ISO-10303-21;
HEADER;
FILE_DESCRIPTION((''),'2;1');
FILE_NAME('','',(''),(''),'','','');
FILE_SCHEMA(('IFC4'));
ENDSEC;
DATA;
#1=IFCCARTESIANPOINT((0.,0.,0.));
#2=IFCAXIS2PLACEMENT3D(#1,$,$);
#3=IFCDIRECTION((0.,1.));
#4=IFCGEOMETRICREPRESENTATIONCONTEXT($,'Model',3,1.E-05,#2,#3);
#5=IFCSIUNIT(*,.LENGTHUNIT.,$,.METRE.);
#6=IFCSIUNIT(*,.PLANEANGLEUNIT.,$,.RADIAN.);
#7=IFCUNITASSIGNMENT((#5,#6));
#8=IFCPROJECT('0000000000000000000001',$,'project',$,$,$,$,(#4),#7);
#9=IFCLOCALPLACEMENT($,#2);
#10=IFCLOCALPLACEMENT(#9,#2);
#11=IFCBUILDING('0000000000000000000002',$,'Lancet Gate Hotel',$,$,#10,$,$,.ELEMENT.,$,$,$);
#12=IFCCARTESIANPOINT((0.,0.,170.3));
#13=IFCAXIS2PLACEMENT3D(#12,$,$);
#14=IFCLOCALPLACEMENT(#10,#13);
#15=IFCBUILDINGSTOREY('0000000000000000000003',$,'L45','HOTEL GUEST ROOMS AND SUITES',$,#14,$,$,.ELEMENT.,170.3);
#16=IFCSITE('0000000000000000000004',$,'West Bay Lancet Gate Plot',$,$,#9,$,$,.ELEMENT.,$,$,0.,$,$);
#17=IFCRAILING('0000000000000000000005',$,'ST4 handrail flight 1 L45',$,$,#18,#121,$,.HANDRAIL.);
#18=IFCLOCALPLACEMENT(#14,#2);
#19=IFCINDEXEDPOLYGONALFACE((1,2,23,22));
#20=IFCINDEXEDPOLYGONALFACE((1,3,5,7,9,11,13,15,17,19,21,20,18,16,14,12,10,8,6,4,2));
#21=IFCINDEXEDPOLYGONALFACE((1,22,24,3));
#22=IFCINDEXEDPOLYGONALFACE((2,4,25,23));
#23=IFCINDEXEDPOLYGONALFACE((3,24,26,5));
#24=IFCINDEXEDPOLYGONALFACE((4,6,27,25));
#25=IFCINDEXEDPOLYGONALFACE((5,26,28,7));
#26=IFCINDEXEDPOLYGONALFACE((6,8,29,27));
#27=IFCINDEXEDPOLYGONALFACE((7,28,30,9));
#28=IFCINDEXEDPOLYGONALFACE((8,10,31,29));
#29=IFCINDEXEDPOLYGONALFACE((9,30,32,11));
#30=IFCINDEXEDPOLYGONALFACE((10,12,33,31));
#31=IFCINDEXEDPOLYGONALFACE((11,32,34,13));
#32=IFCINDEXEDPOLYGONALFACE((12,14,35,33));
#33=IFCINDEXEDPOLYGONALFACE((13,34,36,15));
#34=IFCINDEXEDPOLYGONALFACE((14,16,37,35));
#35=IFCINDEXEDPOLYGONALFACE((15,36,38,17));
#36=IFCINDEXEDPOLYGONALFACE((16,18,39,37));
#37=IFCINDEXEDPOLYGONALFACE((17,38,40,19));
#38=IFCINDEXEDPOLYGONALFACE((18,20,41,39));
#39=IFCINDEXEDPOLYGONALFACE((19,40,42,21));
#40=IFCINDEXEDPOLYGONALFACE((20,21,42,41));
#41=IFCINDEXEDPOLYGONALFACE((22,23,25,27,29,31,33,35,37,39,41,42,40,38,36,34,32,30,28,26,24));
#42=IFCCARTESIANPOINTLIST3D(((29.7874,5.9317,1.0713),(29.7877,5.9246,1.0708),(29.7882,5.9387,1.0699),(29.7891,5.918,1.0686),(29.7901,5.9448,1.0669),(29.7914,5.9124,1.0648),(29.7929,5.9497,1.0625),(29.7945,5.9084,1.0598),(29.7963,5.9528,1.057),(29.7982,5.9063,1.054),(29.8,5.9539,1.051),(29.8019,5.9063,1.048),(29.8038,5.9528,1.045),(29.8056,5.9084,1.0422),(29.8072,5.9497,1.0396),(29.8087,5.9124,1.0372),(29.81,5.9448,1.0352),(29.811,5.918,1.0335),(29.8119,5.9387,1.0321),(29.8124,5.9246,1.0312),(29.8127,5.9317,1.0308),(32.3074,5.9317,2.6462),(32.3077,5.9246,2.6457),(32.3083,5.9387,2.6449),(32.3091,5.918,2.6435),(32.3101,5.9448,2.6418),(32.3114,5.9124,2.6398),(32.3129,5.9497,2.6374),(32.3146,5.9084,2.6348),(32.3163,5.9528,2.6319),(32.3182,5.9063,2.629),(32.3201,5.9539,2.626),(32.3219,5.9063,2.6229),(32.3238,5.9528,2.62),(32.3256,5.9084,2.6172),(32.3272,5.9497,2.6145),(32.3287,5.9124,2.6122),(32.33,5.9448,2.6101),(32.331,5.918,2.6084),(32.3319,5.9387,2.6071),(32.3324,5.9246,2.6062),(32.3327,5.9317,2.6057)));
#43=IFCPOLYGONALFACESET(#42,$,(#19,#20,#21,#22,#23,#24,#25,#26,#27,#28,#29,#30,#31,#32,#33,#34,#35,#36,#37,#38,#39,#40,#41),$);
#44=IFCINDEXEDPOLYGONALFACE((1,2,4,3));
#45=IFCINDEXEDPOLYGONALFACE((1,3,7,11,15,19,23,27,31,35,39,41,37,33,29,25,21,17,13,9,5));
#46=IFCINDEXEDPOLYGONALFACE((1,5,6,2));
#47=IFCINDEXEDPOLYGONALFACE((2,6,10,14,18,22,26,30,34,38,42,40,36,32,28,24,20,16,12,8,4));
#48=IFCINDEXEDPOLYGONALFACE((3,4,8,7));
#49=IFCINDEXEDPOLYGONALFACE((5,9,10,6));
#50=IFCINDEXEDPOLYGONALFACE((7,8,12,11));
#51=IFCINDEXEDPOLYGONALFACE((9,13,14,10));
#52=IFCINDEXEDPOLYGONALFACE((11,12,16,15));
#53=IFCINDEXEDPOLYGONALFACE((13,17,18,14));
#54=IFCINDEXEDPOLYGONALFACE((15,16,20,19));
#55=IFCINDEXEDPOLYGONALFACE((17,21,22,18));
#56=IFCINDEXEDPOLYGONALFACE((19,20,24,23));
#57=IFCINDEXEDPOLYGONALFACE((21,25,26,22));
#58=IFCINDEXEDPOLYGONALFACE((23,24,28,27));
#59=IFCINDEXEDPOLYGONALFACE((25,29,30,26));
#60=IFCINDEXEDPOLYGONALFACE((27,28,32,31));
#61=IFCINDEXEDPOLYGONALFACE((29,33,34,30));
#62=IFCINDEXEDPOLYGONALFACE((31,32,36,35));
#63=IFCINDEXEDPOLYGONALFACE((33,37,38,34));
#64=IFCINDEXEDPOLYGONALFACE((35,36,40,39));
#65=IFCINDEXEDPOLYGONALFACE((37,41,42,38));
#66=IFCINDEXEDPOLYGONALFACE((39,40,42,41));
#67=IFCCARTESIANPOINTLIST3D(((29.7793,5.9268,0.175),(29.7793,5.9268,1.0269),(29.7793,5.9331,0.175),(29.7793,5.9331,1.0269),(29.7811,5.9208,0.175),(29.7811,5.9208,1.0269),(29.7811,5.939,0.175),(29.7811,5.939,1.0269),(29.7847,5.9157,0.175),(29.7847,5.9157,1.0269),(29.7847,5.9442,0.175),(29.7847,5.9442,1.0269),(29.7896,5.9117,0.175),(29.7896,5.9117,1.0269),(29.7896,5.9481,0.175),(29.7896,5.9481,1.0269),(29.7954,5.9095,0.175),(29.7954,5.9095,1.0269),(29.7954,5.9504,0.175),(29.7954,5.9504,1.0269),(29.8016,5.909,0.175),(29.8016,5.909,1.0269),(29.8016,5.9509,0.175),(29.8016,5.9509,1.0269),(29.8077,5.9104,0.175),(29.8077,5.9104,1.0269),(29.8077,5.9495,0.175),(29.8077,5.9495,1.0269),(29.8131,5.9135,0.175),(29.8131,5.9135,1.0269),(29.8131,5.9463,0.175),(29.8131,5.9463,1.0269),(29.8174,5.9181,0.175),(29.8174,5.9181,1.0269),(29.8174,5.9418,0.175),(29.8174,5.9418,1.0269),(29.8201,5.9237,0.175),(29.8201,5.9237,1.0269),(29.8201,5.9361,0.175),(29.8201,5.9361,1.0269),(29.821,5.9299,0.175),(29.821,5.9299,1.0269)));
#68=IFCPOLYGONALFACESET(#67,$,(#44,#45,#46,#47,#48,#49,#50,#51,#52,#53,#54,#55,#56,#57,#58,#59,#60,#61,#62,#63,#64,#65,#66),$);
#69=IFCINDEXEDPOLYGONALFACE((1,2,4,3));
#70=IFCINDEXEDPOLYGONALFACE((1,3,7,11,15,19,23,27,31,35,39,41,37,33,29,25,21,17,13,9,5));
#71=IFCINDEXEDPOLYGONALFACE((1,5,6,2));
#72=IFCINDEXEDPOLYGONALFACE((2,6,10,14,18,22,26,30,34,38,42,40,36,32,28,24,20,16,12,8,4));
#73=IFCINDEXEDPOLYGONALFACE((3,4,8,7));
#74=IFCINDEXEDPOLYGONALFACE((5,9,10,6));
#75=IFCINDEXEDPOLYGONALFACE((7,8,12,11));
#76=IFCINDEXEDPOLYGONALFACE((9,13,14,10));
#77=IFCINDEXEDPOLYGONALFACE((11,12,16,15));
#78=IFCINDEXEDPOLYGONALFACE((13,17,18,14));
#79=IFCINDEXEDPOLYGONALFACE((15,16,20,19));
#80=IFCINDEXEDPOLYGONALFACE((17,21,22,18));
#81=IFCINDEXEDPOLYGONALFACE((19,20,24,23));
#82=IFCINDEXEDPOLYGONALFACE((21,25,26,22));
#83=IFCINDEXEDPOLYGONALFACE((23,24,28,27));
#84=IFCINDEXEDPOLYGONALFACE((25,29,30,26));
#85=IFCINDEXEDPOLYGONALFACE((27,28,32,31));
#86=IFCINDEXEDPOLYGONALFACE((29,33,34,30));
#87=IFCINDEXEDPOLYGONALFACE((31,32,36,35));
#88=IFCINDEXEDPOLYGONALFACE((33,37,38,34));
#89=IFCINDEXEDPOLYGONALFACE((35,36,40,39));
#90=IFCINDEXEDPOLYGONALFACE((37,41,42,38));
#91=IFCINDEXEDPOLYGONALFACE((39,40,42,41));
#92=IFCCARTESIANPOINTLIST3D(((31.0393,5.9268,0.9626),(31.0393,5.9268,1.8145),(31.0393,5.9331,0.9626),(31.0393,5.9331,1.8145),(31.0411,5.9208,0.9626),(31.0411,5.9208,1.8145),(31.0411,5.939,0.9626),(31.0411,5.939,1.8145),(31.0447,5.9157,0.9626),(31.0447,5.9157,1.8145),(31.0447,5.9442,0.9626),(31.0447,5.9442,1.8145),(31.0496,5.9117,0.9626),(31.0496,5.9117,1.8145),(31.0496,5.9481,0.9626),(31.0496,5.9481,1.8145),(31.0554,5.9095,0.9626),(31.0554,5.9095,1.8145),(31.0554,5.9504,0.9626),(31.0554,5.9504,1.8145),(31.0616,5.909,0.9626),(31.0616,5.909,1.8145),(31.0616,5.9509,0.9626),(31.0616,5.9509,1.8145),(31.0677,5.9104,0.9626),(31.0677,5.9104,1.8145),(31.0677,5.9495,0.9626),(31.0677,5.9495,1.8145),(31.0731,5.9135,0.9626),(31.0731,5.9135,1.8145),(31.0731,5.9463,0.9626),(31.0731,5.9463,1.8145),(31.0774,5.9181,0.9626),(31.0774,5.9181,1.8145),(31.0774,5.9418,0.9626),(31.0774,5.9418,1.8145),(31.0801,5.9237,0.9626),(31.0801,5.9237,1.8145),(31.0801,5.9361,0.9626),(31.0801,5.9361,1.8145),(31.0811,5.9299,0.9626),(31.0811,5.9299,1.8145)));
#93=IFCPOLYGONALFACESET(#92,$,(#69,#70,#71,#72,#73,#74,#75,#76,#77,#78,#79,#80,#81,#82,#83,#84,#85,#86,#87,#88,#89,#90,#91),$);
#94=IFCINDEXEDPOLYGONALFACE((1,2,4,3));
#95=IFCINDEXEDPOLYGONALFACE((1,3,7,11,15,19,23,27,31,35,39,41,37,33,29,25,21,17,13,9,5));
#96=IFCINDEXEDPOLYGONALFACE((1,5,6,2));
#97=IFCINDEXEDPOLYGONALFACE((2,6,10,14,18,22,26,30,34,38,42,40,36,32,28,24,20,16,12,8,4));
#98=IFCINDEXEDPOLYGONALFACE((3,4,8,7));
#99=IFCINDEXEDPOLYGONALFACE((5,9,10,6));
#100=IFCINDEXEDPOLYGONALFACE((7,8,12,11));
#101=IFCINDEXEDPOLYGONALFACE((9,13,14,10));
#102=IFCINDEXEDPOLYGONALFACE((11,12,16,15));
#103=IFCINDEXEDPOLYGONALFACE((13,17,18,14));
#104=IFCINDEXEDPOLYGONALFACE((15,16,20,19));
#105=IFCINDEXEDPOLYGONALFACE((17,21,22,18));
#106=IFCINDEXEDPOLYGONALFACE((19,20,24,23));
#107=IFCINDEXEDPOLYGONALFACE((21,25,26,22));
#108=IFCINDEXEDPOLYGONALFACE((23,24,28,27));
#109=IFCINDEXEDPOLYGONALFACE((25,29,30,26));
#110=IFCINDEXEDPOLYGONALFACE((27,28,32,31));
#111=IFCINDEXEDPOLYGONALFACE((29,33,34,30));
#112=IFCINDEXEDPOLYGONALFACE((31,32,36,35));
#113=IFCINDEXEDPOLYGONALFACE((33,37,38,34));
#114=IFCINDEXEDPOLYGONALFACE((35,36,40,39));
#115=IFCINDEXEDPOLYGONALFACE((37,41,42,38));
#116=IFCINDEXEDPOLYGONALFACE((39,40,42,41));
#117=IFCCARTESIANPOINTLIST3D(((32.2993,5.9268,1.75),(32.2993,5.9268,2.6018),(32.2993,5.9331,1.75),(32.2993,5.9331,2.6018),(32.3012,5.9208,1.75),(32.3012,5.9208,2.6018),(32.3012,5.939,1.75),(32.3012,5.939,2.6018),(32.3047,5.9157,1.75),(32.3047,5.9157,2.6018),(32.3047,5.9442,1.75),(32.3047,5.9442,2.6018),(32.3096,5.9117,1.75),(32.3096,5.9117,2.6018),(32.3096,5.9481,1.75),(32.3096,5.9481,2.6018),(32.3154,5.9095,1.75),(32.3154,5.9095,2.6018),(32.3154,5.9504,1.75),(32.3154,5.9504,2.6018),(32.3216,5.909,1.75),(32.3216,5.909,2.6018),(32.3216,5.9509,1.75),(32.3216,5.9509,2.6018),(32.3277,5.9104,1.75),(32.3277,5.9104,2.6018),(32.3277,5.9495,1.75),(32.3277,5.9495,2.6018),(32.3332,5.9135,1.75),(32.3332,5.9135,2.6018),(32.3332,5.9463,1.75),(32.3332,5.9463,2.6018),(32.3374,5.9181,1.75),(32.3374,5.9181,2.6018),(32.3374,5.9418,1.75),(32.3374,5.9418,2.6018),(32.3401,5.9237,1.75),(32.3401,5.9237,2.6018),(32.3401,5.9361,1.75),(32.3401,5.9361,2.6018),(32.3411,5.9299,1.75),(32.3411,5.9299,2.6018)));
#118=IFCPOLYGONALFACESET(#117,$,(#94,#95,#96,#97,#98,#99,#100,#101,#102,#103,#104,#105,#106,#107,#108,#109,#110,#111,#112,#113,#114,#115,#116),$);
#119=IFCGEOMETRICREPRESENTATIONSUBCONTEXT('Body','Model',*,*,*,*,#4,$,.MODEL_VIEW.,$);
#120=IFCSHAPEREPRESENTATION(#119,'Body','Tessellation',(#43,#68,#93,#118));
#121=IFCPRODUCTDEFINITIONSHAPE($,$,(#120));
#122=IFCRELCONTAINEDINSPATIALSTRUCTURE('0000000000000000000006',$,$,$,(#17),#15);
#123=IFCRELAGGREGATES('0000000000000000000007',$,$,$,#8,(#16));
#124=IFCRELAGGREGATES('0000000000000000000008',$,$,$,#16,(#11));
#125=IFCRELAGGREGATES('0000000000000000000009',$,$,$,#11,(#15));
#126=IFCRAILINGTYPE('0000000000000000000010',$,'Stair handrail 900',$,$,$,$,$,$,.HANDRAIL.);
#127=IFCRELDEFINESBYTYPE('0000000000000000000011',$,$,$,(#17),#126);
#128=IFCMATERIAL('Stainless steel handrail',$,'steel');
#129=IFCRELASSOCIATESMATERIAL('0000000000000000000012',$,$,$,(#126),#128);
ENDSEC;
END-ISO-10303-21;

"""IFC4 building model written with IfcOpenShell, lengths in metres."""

from ifc_helpers import new_model, si_unit, direction, frame, origin, origin_2d, place, context, subcontext, project, spatial, circle, extrude, material, type_object, element, save


model = new_model("IFC4")

# Units and contexts
model_context = context("Model", 3, precision=1e-05, world=origin(), true_north=direction((0.0, 1.0)))
body_context = subcontext(model_context, "Body", "Model", "MODEL_VIEW")
ifc_project = project(units=[si_unit("LENGTHUNIT", "METRE"), si_unit("PLANEANGLEUNIT", "RADIAN")], contexts=[model_context])

# Site, building, storey
site_placement = place(None, origin())
site = spatial("IfcSite", under=ifc_project, at=site_placement, Name="West Bay Lancet Gate Plot", CompositionType="ELEMENT", RefElevation=0.0)
building_placement = place(site_placement, origin())
building = spatial("IfcBuilding", under=site, at=building_placement, Name="Lancet Gate Hotel", CompositionType="ELEMENT")
storey_placement = place(building_placement, frame((0.0, 0.0, 170.3)))
storey = spatial("IfcBuildingStorey", under=building, at=storey_placement, Name="L45", Description="HOTEL GUEST ROOMS AND SUITES", CompositionType="ELEMENT", Elevation=170.3)

# Railing
ifc_material_1 = material(Name="Stainless steel handrail", Category="steel")
railing_type = type_object("IfcRailingType", Name="Stair handrail 900", PredefinedType="HANDRAIL", material=ifc_material_1)
railing_placement = place(storey_placement, frame((29.8, 5.9299, 0.175)))
element("IfcRailing", 1, at=railing_placement, inside=storey, type_object=railing_type, Name="ST4 handrail flight 1 L45", PredefinedType="HANDRAIL", context=body_context, shape_type="SweptSolid", body=[
    extrude(circle(Radius=0.0239, at=origin_2d()), frame((0.0, 0.0, 0.876), z_axis=(0.848008, 0.0, 0.529984), x_axis=(0.0, 1.0, 0.0)), (0.0, 0.0, 1.0), 2.9717),
    extrude(circle(Radius=0.021, at=origin_2d()), origin(), (0.0, 0.0, 1.0), 0.8518),
    extrude(circle(Radius=0.021, at=origin_2d()), frame((1.26, 0.0, 0.7876)), (0.0, 0.0, 1.0), 0.8518),
    extrude(circle(Radius=0.021, at=origin_2d()), frame((2.52, 0.0, 1.575)), (0.0, 0.0, 1.0), 0.8518),
])

save(model, "model.ifc")
